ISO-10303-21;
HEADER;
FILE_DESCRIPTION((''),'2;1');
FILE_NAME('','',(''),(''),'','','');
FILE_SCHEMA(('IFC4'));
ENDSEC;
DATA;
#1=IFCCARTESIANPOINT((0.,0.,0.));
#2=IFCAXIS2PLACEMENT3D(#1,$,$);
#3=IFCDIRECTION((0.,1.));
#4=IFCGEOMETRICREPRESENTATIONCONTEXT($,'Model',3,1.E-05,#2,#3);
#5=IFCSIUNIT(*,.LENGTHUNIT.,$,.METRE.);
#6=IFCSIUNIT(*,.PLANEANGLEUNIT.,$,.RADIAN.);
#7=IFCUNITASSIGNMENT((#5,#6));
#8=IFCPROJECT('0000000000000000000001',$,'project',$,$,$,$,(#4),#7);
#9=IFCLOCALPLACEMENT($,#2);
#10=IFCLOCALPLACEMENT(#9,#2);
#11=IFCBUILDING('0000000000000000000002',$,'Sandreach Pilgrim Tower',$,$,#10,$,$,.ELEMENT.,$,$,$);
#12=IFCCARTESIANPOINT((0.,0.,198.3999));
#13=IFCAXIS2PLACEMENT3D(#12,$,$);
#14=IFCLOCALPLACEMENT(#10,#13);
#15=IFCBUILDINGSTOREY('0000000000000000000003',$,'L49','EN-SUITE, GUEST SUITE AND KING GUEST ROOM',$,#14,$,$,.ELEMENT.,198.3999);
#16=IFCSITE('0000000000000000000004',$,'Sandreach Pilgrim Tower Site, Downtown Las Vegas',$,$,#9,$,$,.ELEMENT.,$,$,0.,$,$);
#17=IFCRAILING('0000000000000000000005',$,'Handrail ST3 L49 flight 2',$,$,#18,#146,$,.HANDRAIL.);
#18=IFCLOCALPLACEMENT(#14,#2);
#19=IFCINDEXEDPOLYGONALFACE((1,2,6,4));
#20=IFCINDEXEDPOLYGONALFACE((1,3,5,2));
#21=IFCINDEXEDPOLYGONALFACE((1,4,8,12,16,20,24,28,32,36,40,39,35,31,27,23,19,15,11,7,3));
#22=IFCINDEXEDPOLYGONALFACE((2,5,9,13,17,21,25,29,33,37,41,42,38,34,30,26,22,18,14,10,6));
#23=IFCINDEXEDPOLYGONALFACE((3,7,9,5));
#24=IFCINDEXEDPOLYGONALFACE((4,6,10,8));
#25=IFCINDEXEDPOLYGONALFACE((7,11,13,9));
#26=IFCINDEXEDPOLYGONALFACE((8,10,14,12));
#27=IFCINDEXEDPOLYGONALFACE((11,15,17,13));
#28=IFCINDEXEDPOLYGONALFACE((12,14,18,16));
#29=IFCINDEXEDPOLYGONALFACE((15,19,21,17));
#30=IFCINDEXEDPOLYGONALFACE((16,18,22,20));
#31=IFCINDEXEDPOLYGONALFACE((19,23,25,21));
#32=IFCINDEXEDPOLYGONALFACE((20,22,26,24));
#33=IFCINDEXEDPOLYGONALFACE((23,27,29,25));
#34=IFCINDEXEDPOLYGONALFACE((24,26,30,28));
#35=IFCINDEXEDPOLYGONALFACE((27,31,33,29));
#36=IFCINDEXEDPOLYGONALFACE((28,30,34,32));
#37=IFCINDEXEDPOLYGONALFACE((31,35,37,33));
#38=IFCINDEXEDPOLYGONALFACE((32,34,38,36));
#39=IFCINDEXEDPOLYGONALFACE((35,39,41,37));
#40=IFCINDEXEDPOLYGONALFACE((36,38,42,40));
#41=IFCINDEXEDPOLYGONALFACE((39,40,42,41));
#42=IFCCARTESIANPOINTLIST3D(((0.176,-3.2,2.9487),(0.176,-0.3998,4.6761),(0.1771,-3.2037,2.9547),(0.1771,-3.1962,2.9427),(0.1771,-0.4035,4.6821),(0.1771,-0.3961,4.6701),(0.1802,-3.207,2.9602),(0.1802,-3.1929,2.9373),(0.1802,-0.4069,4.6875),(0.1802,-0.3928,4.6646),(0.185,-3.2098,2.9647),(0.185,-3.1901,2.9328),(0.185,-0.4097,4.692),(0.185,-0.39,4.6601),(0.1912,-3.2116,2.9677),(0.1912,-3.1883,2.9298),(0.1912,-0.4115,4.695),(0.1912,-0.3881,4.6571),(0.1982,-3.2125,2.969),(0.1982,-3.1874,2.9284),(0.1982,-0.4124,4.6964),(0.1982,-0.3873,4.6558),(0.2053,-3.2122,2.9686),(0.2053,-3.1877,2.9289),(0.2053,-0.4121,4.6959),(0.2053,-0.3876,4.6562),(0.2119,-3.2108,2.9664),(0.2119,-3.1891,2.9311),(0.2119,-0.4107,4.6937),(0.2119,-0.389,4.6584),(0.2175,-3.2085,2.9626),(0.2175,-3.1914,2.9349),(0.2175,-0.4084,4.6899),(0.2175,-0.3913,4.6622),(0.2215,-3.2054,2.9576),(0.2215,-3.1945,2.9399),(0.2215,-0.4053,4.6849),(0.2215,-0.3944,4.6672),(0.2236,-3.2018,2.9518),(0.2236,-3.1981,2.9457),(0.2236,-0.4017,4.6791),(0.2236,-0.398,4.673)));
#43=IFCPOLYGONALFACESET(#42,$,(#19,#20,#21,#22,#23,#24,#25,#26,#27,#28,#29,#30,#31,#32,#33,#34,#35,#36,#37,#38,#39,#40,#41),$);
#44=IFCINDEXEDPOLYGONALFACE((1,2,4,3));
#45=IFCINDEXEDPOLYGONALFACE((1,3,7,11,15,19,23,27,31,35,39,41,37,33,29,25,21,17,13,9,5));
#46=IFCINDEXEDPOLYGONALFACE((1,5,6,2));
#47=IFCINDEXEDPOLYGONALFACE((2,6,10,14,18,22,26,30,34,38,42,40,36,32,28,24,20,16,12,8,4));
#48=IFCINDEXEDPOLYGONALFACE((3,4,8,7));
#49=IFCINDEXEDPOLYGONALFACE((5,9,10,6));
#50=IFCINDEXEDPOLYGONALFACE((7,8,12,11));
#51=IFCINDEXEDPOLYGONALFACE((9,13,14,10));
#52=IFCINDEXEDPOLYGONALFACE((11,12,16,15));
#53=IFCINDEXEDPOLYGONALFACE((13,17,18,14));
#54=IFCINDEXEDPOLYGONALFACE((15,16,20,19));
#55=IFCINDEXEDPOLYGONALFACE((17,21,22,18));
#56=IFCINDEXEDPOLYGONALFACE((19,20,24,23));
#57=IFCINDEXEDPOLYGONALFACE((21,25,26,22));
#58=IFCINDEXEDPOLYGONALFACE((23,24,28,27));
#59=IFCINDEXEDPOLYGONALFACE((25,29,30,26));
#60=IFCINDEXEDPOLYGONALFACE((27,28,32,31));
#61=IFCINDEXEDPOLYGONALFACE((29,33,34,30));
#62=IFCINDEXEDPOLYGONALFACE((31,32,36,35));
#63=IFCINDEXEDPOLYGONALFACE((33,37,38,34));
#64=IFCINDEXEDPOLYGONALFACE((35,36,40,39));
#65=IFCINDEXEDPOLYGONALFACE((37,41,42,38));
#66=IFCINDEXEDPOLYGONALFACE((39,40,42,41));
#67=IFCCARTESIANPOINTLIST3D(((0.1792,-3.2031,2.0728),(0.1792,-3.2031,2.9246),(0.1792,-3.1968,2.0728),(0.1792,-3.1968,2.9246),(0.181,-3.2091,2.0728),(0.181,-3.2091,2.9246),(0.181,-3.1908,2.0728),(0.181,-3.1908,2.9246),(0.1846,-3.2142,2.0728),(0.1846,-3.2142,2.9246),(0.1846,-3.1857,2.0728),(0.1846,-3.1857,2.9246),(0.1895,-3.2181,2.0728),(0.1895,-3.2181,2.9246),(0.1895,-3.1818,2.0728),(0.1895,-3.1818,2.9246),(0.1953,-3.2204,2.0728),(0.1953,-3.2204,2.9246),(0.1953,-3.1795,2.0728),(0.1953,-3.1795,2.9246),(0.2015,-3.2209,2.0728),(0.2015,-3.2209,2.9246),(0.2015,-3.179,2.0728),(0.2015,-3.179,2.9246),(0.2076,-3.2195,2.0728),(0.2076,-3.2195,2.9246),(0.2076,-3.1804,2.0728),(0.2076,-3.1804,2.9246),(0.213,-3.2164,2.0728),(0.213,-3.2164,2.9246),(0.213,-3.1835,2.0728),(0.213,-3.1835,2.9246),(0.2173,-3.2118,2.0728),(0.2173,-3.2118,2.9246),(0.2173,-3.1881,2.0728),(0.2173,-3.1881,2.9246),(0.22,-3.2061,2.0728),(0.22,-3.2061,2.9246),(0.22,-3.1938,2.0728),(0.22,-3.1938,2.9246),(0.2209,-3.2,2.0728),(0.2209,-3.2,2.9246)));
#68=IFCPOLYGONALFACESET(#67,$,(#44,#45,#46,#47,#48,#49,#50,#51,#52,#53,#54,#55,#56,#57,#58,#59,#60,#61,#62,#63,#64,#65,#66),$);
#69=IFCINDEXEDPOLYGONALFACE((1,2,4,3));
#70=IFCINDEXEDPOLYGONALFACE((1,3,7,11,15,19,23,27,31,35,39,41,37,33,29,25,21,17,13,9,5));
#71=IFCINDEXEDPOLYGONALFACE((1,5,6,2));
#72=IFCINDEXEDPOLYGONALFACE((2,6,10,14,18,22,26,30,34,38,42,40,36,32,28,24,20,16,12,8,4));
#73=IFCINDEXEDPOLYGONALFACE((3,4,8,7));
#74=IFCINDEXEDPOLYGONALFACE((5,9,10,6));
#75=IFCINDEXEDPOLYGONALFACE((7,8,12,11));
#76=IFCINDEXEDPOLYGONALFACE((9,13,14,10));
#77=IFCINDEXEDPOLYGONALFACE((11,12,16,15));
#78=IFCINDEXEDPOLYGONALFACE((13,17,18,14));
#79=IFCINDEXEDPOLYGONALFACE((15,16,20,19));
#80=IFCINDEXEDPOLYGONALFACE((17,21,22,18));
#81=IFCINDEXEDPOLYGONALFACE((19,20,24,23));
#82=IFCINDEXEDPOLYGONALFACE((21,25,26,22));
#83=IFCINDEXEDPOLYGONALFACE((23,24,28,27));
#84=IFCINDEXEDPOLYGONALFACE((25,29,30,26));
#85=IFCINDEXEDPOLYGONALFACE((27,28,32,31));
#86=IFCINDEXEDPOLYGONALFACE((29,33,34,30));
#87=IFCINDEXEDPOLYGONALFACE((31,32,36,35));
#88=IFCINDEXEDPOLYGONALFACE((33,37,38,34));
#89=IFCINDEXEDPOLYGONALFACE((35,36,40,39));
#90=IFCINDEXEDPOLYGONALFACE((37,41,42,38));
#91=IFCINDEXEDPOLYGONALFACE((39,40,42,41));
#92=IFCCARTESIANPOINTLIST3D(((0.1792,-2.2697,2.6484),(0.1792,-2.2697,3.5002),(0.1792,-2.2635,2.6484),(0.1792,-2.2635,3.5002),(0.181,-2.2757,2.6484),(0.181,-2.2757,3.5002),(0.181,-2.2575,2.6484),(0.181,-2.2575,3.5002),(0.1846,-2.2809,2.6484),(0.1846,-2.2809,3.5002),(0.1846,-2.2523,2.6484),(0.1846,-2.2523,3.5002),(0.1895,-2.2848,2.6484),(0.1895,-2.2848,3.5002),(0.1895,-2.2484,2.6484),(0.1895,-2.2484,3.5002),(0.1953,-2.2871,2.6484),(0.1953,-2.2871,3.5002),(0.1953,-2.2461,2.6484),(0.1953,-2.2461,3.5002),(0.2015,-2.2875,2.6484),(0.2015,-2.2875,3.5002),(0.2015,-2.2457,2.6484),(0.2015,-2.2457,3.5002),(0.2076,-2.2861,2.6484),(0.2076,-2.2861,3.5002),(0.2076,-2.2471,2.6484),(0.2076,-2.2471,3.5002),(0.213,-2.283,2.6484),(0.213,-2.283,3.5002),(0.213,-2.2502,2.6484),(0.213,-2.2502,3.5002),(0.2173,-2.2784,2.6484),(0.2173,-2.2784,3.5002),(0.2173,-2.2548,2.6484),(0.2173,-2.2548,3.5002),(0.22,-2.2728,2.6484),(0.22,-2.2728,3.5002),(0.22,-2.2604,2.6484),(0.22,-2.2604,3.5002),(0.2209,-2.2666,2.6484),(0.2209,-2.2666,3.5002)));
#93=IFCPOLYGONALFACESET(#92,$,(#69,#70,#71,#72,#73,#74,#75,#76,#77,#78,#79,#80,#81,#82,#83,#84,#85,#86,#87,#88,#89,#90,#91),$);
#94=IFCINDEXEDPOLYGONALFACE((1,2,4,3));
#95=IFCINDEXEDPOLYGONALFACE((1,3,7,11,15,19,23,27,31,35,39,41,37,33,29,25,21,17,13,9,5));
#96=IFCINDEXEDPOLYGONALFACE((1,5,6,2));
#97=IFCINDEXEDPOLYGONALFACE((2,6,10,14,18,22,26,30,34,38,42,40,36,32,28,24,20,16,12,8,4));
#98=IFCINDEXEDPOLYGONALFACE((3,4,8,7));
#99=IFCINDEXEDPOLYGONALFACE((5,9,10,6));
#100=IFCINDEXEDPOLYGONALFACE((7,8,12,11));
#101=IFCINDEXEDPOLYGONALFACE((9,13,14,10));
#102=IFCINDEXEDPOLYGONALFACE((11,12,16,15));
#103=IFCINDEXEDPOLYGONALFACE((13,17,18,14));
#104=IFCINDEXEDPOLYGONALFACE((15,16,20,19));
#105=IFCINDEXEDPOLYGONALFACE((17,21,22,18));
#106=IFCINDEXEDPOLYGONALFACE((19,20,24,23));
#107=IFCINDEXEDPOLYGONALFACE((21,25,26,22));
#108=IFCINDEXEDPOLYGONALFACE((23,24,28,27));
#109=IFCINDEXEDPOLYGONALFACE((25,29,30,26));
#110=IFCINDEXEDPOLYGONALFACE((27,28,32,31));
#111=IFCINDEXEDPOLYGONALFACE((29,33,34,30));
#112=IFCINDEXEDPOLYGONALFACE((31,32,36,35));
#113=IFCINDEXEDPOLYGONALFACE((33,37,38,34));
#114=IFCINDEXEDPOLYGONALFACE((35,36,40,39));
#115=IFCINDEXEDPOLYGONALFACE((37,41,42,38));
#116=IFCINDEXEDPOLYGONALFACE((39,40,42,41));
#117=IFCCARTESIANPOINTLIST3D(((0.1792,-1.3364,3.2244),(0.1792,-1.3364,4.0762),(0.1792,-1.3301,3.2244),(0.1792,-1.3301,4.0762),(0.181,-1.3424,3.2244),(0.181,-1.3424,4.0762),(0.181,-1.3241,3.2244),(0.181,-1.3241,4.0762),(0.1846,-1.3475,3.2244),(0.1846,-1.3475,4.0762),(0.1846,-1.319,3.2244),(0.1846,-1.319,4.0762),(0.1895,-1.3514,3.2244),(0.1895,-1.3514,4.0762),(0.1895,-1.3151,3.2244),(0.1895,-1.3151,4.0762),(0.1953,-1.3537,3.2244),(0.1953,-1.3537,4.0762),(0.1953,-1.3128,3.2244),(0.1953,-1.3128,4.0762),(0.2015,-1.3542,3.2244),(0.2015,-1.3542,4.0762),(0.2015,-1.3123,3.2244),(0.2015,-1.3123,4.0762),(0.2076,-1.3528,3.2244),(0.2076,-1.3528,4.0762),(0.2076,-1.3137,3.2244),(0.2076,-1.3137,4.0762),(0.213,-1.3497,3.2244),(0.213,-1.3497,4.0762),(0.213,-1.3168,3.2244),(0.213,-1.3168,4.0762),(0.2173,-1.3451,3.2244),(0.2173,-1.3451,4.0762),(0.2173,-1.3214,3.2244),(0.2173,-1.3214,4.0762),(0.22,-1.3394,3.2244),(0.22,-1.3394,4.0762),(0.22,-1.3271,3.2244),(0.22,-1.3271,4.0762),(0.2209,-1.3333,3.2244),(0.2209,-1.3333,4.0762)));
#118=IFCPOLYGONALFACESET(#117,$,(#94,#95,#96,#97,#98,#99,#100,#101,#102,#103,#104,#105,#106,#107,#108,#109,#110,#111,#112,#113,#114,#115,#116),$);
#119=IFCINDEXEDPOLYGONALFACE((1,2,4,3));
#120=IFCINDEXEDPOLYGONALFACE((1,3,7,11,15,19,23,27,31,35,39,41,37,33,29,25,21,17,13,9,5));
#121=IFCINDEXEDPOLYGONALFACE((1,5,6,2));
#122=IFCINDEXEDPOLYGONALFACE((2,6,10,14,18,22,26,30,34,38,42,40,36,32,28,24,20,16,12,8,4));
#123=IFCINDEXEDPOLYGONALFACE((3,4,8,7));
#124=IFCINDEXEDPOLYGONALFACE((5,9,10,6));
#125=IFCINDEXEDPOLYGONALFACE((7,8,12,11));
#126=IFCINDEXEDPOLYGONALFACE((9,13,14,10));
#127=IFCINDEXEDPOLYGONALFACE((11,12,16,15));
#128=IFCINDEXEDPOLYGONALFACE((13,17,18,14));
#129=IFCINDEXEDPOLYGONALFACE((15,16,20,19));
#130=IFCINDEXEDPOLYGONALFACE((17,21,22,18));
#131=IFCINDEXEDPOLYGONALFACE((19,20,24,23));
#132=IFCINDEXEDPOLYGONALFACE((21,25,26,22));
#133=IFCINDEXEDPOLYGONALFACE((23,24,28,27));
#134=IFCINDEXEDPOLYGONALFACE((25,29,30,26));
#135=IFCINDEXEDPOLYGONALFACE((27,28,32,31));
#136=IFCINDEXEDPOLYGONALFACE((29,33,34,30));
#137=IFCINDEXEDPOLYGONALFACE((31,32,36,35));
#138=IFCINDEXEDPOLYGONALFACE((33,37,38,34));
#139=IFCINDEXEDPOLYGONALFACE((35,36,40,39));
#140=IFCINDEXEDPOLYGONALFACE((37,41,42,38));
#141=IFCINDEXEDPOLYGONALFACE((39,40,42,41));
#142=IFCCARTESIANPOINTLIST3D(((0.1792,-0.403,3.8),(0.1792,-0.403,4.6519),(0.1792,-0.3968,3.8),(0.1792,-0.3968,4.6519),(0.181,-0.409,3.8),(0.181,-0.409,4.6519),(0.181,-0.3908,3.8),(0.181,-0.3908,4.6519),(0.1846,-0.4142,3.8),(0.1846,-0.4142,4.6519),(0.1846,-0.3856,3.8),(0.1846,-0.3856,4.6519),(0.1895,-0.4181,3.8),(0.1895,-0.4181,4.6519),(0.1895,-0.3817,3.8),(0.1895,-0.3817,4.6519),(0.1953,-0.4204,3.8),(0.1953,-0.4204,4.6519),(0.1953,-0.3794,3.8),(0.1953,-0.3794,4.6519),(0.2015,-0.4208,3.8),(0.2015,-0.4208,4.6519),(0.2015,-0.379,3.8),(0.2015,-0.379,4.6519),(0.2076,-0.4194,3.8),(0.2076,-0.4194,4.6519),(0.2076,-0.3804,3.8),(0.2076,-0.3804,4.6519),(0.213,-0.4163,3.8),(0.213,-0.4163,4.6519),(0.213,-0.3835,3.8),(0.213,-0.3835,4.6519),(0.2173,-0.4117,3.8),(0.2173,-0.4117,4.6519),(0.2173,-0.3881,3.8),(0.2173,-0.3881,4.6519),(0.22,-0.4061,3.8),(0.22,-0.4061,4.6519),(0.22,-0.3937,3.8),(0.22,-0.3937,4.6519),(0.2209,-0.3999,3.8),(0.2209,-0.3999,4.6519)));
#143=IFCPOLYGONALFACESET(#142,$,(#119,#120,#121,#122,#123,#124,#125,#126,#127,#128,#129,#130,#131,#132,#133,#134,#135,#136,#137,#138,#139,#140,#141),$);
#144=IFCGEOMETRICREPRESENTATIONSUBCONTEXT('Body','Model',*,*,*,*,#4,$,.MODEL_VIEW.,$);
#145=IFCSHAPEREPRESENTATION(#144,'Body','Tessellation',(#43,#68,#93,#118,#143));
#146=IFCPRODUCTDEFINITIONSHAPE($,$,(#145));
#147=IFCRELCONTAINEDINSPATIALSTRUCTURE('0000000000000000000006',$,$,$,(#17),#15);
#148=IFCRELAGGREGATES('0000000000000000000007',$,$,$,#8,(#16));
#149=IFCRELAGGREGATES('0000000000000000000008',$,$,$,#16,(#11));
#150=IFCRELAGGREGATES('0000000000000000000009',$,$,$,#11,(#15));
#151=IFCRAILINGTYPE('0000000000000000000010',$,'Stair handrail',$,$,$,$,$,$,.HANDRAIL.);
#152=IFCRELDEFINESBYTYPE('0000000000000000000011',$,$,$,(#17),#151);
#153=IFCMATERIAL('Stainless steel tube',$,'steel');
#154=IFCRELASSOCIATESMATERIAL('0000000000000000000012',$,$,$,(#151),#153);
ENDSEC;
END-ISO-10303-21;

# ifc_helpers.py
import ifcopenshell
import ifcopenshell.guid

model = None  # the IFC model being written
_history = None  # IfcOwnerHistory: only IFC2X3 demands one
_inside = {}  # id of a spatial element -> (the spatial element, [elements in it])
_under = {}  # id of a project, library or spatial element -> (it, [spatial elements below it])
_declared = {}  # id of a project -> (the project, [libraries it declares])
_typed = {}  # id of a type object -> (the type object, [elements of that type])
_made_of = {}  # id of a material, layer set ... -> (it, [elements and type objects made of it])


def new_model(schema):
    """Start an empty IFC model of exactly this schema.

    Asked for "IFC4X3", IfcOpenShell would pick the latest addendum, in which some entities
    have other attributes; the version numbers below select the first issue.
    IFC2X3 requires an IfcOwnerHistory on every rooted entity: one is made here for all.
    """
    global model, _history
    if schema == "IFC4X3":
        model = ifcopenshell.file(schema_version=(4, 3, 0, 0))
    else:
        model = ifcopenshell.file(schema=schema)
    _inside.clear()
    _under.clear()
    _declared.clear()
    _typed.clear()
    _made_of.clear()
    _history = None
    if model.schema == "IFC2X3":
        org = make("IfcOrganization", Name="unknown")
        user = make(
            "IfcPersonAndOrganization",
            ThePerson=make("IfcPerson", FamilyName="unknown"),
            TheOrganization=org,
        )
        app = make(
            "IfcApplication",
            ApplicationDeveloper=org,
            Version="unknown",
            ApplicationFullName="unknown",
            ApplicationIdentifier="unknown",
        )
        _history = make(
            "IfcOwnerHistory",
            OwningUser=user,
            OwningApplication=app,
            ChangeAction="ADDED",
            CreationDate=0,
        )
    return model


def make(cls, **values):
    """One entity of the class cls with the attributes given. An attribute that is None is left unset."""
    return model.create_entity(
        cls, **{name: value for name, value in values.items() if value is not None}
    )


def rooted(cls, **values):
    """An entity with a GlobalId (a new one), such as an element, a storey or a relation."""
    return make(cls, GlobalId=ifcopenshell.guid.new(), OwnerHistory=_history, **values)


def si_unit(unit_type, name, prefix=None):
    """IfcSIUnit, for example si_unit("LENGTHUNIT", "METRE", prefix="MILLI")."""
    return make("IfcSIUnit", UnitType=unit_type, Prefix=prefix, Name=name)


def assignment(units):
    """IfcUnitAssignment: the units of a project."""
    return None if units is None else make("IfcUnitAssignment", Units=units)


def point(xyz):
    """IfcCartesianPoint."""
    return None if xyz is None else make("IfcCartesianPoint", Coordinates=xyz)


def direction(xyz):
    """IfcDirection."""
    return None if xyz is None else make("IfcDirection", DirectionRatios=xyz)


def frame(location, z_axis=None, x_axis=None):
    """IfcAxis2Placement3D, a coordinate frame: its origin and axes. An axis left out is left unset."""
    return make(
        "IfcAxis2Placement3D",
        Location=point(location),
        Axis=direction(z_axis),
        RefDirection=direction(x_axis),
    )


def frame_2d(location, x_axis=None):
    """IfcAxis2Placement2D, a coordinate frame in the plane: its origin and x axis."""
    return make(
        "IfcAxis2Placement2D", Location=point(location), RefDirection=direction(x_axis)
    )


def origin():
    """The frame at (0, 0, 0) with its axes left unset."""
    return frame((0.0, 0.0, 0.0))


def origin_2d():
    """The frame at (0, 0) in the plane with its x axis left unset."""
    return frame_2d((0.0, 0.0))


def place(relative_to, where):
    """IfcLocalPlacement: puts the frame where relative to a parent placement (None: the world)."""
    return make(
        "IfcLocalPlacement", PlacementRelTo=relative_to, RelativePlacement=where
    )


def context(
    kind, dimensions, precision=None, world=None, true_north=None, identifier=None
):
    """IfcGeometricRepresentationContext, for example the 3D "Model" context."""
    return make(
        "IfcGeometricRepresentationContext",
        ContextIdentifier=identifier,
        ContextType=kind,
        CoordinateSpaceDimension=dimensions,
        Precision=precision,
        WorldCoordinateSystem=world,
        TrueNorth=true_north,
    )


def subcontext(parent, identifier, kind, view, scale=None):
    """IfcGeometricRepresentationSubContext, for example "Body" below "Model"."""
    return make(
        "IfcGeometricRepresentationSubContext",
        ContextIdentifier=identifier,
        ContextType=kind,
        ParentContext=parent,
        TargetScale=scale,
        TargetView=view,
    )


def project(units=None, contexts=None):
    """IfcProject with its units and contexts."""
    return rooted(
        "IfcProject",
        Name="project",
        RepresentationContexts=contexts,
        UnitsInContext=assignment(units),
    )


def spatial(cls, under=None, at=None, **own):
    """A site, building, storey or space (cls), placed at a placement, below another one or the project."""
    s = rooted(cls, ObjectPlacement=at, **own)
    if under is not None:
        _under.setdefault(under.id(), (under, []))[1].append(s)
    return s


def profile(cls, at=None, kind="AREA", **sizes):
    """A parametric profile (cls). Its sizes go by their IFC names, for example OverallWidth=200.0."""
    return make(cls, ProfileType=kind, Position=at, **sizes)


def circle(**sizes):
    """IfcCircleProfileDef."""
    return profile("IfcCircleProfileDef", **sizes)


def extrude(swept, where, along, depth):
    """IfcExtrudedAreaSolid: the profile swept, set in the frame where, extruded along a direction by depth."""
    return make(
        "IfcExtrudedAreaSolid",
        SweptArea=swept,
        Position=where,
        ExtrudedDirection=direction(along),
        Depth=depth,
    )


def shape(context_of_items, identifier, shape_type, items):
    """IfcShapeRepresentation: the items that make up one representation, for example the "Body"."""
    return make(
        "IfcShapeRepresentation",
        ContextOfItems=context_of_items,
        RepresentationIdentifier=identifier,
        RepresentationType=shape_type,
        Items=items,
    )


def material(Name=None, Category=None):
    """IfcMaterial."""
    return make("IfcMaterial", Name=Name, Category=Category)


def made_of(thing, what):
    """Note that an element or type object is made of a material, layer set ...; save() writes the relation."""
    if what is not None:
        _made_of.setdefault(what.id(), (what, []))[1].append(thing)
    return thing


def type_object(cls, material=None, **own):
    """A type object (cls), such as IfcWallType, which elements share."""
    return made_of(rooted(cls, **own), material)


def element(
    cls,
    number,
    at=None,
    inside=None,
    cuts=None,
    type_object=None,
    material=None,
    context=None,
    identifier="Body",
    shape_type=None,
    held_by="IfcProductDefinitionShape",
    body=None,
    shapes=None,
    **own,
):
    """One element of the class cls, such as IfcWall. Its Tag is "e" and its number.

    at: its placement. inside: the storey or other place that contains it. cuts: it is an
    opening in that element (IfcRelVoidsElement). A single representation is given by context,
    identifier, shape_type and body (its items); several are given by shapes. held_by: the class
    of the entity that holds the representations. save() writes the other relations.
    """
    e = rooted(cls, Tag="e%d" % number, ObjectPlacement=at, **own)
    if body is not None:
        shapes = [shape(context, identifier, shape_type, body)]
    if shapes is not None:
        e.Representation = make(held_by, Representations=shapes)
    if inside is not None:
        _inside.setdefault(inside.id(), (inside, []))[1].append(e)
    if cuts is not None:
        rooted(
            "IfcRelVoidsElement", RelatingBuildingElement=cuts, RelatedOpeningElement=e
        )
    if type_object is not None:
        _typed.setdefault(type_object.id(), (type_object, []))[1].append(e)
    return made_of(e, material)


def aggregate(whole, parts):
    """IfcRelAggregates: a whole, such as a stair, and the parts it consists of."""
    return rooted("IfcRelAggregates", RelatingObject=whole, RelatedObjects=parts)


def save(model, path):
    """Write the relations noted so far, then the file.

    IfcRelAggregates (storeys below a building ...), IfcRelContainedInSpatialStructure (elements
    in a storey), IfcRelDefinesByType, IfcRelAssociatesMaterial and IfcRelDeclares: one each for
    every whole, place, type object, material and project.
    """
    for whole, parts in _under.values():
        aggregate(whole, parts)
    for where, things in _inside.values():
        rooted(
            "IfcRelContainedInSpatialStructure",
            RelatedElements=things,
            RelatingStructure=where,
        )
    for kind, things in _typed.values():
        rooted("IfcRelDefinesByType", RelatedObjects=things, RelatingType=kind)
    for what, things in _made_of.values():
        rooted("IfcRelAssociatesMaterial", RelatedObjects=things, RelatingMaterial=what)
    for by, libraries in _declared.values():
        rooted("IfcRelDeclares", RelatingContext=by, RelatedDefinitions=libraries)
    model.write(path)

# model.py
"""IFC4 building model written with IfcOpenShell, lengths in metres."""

from ifc_helpers import new_model, si_unit, direction, frame, origin, origin_2d, place, context, subcontext, project, spatial, circle, extrude, material, type_object, element, save


model = new_model("IFC4")

# Units and contexts
model_context = context("Model", 3, precision=1e-05, world=origin(), true_north=direction((0.0, 1.0)))
body_context = subcontext(model_context, "Body", "Model", "MODEL_VIEW")
ifc_project = project(units=[si_unit("LENGTHUNIT", "METRE"), si_unit("PLANEANGLEUNIT", "RADIAN")], contexts=[model_context])

# Site, building, storey
site_placement = place(None, origin())
site = spatial("IfcSite", under=ifc_project, at=site_placement, Name="Sandreach Pilgrim Tower Site, Downtown Las Vegas", CompositionType="ELEMENT", RefElevation=0.0)
building_placement = place(site_placement, origin())
building = spatial("IfcBuilding", under=site, at=building_placement, Name="Sandreach Pilgrim Tower", CompositionType="ELEMENT")
storey_placement = place(building_placement, frame((0.0, 0.0, 198.3999)))
storey = spatial("IfcBuildingStorey", under=building, at=storey_placement, Name="L49", Description="EN-SUITE, GUEST SUITE AND KING GUEST ROOM", CompositionType="ELEMENT", Elevation=198.3999)

# Railing
ifc_material_1 = material(Name="Stainless steel tube", Category="steel")
railing_type = type_object("IfcRailingType", Name="Stair handrail", PredefinedType="HANDRAIL", material=ifc_material_1)
railing_placement = place(storey_placement, frame((0.2, -3.2, 2.0728)))
element("IfcRailing", 1, at=railing_placement, inside=storey, type_object=railing_type, Name="Handrail ST3 L49 flight 2", PredefinedType="HANDRAIL", context=body_context, shape_type="SweptSolid", body=[
    extrude(circle(Radius=0.0239, at=origin_2d()), frame((0.0, 0.0, 0.876), z_axis=(0.0, 0.85109, 0.52502), x_axis=(-1.0, 0.0, 0.0)), (0.0, 0.0, 1.0), 3.29),
    extrude(circle(Radius=0.021, at=origin_2d()), origin(), (0.0, 0.0, 1.0), 0.8518),
    extrude(circle(Radius=0.021, at=origin_2d()), frame((0.0, 0.9333, 0.5757)), (0.0, 0.0, 1.0), 0.8518),
    extrude(circle(Radius=0.021, at=origin_2d()), frame((0.0, 1.8667, 1.1516)), (0.0, 0.0, 1.0), 0.8518),
    extrude(circle(Radius=0.021, at=origin_2d()), frame((0.0, 2.8, 1.7273)), (0.0, 0.0, 1.0), 0.8518),
])

save(model, "model.ifc")
